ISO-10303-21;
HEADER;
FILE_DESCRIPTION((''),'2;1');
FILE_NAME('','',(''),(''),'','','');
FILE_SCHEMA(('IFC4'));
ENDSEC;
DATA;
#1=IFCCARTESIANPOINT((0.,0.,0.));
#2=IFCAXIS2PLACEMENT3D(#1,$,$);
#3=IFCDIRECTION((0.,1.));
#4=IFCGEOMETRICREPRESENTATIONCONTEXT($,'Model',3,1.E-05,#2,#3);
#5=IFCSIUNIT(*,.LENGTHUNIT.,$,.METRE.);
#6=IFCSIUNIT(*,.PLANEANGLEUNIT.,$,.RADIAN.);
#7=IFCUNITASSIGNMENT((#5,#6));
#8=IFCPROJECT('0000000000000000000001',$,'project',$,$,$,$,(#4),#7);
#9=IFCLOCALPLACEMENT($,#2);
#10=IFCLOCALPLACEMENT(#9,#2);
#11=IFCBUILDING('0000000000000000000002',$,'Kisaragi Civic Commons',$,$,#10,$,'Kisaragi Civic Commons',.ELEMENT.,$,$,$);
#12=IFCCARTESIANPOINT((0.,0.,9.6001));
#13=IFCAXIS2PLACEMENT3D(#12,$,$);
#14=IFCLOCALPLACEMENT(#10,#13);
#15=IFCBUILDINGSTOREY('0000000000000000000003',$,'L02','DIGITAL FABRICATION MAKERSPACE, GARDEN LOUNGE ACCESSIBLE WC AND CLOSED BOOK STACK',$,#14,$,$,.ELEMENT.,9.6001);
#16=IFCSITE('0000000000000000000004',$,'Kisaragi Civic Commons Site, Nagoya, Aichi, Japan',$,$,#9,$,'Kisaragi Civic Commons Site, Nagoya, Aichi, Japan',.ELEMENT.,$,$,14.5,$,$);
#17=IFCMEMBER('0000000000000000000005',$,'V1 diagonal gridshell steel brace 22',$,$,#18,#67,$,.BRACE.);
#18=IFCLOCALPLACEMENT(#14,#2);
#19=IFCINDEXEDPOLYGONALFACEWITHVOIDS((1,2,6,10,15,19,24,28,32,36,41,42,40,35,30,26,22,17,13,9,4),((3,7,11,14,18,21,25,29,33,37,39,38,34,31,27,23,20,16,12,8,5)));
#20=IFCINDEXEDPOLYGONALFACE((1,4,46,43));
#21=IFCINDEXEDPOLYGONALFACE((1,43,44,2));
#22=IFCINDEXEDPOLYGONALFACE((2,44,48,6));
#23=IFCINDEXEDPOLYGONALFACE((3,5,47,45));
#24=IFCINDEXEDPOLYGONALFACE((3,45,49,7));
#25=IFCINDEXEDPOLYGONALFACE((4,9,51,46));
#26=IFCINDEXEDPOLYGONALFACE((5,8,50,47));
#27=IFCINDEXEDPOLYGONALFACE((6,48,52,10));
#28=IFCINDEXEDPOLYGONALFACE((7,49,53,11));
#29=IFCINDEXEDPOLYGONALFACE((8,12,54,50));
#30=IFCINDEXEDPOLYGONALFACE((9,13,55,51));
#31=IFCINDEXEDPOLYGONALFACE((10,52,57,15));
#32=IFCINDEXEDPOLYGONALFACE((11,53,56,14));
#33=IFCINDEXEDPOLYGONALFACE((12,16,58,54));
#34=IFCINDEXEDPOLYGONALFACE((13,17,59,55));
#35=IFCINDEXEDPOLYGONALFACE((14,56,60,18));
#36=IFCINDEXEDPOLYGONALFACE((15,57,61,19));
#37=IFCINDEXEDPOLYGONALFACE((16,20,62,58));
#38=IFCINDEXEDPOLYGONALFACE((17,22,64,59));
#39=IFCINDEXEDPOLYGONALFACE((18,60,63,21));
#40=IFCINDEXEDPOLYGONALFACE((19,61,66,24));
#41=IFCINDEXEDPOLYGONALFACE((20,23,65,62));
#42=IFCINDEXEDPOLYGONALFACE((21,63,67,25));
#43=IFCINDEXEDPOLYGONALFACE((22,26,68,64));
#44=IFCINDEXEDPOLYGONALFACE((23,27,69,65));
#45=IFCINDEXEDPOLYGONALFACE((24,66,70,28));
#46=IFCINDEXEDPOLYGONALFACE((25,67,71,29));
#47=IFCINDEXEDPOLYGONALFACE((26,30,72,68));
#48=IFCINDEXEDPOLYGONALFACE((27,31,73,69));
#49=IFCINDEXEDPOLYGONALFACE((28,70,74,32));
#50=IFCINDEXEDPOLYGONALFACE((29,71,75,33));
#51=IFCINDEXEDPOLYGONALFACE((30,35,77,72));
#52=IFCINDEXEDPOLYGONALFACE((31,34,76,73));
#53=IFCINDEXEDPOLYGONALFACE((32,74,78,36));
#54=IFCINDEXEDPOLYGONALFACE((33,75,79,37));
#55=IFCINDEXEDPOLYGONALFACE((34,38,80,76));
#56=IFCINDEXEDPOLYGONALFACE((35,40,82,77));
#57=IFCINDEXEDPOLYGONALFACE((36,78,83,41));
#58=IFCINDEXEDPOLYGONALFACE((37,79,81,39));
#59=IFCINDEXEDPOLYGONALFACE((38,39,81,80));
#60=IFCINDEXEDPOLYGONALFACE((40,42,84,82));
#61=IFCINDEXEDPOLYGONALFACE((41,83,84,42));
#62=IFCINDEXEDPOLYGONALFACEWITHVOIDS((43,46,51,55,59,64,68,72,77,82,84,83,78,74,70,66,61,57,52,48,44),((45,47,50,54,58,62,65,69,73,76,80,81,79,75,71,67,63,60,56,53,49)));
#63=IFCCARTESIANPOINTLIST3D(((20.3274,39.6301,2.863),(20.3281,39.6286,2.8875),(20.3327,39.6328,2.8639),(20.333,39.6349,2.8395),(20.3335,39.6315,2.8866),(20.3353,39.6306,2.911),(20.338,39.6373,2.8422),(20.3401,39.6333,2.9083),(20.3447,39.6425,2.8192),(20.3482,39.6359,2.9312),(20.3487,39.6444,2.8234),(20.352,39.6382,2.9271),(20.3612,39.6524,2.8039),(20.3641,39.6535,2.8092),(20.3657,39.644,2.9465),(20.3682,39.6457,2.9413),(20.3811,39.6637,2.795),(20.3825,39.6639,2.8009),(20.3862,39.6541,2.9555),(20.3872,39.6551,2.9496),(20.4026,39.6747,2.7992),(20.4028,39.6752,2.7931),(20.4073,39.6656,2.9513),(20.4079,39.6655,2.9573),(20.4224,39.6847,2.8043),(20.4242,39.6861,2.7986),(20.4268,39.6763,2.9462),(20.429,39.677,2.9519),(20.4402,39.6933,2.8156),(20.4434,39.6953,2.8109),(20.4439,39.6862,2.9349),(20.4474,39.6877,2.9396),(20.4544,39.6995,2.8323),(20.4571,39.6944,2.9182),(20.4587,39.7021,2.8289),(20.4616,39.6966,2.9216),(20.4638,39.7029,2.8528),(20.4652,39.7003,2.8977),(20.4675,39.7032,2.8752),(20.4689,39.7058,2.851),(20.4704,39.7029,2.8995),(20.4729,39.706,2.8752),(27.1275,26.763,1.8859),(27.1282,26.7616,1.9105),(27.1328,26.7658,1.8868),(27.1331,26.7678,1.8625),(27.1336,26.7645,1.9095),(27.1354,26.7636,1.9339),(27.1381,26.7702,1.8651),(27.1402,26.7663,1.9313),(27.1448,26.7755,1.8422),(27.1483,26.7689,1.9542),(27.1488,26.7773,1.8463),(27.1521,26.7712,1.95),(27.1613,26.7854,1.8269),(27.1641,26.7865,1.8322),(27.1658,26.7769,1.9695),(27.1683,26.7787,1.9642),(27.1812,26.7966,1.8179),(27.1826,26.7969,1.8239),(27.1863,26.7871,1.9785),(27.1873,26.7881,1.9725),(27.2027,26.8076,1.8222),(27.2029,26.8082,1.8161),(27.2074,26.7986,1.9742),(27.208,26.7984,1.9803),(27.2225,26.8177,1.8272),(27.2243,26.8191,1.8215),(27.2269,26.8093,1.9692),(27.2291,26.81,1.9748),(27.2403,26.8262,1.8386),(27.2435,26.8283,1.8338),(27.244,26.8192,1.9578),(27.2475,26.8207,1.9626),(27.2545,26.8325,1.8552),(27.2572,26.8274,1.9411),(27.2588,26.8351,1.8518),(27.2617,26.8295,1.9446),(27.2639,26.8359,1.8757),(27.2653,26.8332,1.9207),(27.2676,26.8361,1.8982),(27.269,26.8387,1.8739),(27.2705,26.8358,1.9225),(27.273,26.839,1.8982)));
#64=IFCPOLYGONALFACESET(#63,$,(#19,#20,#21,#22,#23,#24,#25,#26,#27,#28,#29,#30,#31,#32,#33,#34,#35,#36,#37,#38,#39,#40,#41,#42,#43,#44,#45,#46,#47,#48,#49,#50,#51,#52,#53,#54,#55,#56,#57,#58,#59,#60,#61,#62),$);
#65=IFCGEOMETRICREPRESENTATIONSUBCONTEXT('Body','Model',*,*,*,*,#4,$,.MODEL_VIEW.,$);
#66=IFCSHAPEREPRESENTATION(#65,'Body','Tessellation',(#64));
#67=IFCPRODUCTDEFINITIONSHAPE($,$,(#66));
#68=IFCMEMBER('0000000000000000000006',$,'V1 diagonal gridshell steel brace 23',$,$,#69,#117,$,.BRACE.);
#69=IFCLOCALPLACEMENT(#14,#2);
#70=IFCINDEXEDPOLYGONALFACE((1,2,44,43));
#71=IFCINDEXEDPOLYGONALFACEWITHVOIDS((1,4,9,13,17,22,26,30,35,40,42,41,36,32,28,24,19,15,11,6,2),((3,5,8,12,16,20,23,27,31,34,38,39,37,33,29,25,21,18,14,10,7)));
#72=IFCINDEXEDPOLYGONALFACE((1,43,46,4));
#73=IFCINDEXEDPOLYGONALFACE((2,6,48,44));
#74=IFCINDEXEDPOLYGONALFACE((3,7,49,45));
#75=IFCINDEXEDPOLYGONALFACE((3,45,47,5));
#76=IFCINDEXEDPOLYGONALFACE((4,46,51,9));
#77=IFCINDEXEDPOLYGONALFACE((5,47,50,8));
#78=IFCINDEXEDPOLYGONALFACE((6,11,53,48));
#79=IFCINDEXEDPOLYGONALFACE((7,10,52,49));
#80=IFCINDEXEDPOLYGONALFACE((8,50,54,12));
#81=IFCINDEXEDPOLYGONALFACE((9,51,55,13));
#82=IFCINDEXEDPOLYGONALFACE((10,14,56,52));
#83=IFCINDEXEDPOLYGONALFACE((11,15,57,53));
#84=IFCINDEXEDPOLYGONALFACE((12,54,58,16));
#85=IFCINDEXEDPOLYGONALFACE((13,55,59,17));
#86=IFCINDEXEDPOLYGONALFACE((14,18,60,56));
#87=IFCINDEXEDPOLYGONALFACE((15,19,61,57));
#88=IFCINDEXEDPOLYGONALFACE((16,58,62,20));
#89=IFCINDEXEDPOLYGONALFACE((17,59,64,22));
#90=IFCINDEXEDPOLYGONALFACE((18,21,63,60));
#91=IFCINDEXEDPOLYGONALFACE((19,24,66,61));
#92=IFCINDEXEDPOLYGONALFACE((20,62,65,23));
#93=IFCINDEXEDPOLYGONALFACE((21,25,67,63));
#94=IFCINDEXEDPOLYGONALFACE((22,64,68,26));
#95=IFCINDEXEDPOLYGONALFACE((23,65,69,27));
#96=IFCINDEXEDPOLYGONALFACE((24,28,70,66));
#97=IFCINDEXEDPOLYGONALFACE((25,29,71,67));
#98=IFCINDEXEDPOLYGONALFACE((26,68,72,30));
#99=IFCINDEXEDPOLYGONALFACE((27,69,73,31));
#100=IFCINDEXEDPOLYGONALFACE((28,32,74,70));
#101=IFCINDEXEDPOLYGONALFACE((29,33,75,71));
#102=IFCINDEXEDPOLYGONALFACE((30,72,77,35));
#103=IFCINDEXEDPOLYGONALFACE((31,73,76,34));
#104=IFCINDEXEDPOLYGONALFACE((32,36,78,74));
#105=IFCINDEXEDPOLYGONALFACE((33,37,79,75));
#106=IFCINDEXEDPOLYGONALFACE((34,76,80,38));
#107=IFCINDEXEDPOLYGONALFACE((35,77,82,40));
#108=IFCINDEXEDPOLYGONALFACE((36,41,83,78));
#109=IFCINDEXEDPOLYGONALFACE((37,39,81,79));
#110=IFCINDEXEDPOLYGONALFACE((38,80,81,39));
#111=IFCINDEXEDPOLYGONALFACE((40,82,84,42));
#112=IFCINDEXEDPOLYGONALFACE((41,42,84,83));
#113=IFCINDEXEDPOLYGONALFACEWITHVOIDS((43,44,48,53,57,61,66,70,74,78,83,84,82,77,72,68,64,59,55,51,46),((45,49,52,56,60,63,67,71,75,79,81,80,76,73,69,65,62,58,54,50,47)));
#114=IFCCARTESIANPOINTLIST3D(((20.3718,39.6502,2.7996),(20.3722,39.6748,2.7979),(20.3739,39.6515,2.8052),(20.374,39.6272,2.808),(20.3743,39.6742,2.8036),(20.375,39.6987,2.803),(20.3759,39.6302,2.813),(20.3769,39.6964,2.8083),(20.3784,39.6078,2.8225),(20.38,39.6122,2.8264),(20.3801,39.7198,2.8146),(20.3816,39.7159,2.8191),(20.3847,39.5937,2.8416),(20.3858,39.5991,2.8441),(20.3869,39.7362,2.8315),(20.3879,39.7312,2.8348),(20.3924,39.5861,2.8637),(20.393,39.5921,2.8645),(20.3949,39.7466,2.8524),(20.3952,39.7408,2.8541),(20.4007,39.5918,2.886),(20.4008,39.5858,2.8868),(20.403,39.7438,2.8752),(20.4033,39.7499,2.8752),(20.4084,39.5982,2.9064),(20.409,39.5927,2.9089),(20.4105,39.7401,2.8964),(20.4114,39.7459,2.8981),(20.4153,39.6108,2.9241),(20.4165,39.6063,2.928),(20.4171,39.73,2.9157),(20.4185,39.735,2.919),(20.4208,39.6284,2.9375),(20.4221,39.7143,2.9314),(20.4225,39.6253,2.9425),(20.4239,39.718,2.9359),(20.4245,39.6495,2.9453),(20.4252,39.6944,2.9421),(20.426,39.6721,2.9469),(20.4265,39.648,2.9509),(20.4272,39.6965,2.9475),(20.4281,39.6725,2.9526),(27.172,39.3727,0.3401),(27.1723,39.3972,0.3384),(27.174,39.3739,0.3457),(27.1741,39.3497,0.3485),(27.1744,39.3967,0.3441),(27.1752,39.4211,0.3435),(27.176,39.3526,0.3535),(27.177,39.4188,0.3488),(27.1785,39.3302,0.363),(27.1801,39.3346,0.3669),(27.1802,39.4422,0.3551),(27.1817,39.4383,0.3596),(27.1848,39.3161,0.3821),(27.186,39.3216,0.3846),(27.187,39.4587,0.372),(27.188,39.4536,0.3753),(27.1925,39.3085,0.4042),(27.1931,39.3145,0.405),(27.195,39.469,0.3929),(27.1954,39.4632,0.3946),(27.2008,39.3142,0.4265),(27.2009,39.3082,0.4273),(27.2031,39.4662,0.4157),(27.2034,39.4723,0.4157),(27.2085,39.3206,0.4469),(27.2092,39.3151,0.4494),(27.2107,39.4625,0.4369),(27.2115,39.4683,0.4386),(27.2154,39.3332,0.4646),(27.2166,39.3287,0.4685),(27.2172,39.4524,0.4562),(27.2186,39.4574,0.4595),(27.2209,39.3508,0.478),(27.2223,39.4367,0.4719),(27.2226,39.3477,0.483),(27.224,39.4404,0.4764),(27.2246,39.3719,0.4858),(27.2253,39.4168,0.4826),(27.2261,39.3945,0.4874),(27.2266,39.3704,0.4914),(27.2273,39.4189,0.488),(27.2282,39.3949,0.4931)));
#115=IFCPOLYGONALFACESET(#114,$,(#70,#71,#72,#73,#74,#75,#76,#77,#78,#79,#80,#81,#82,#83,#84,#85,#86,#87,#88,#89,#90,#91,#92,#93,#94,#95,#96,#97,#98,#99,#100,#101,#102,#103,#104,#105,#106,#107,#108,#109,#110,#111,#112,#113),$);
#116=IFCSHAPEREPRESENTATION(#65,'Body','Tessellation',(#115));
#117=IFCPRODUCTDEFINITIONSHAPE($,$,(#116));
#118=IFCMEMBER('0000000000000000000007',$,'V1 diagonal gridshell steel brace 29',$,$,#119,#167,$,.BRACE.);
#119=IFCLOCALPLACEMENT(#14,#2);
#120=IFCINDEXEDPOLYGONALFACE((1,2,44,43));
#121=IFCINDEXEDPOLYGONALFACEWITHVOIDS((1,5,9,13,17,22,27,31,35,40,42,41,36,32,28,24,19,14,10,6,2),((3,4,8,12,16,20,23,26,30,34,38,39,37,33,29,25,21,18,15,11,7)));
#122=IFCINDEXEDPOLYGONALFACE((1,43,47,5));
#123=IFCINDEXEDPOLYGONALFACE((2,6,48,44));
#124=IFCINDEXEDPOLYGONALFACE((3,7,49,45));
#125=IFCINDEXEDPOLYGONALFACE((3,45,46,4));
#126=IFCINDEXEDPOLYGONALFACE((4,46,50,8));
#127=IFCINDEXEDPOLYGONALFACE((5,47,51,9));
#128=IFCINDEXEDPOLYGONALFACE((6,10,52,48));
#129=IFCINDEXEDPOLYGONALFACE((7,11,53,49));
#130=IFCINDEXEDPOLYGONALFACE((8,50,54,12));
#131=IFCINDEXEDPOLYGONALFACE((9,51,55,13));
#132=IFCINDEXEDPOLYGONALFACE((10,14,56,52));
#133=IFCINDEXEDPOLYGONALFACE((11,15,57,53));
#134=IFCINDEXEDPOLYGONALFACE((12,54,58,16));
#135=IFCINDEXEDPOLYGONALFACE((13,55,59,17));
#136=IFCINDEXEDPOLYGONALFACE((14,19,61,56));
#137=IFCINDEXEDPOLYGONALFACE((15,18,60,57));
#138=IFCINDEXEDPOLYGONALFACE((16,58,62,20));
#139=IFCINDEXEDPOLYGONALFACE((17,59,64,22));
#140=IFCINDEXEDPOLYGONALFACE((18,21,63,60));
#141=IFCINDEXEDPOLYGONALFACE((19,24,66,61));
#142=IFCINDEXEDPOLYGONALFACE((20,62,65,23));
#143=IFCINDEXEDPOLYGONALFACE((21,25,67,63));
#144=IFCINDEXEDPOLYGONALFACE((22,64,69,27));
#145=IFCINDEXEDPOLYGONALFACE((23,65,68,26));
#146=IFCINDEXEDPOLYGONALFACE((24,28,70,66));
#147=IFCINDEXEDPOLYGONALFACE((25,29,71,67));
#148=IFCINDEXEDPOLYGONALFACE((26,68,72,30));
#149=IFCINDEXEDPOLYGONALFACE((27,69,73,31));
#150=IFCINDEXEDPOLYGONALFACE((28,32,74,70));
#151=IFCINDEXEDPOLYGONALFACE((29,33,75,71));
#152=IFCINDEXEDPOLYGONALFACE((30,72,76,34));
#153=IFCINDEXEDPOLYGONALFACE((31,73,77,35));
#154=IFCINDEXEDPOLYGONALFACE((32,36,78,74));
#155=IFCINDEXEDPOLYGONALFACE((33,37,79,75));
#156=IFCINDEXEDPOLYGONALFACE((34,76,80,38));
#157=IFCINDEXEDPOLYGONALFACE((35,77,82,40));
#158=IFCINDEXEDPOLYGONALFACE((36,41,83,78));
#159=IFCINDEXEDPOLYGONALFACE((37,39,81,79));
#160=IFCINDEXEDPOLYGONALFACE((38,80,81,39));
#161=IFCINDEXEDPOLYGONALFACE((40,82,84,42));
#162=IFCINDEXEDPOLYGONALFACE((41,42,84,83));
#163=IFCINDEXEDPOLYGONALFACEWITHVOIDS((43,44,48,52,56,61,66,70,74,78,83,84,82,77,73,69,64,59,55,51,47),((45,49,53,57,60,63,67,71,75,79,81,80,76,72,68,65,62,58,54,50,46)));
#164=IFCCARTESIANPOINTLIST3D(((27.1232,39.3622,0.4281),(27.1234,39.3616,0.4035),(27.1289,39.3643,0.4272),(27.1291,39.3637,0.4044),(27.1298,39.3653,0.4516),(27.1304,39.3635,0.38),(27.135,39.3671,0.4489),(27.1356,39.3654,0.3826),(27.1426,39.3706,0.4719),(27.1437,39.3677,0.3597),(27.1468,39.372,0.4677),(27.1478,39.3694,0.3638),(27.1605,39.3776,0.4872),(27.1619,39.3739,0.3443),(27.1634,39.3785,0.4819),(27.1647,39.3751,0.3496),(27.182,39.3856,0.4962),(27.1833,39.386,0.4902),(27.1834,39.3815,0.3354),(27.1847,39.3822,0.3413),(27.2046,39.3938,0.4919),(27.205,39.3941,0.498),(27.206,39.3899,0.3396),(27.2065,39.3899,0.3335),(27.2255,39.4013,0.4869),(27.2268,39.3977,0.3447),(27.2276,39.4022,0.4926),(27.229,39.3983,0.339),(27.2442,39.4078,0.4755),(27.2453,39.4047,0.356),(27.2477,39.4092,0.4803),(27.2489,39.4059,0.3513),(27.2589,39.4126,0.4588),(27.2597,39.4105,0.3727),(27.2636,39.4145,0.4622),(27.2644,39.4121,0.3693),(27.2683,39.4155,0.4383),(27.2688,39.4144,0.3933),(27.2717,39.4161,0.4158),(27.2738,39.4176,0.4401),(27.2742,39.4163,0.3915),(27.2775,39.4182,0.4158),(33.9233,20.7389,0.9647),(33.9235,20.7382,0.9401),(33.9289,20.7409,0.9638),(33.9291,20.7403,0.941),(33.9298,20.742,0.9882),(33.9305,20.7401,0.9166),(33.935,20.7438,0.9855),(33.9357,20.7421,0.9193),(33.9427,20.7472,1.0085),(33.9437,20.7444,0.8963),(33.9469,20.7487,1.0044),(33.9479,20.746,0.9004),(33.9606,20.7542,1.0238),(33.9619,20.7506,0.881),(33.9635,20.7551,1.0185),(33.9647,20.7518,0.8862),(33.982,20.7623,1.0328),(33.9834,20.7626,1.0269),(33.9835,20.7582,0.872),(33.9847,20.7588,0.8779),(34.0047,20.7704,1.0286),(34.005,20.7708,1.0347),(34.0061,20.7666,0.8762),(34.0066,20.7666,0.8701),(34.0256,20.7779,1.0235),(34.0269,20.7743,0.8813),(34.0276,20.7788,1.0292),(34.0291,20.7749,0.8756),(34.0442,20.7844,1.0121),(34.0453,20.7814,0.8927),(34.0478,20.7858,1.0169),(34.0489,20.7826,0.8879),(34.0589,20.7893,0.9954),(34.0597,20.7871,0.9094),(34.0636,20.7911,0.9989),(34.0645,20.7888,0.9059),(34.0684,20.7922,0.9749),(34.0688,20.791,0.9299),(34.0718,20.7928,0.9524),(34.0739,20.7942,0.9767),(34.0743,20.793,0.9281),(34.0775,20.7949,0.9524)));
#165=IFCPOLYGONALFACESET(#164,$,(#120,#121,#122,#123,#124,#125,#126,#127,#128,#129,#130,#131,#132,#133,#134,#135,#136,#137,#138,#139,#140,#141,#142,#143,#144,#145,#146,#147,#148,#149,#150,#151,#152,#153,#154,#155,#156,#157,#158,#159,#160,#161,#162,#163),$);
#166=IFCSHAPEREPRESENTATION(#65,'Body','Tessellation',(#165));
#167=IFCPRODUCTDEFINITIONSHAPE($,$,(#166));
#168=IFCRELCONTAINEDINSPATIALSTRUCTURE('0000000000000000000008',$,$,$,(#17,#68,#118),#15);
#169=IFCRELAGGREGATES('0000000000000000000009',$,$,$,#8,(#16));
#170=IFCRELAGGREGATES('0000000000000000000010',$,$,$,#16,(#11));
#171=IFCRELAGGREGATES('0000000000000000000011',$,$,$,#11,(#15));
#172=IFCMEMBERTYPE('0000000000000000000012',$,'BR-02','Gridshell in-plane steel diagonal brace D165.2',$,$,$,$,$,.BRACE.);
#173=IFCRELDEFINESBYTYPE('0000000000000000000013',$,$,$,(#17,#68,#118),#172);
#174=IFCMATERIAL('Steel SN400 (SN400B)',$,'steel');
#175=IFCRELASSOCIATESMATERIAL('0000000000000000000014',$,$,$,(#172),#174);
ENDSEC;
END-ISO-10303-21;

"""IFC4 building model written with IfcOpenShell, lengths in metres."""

from ifc_helpers import new_model, si_unit, direction, frame, origin, origin_2d, place, context, subcontext, project, spatial, hollow_circle, extrude, material, material_profile, profile_set, type_object, element, save


model = new_model("IFC4")

# Units and contexts
model_context = context("Model", 3, precision=1e-05, world=origin(), true_north=direction((0.0, 1.0)))
body_context = subcontext(model_context, "Body", "Model", "MODEL_VIEW")
ifc_project = project(units=[si_unit("LENGTHUNIT", "METRE"), si_unit("PLANEANGLEUNIT", "RADIAN")], contexts=[model_context])

# Site, building, storey
site_placement = place(None, origin())
site = spatial("IfcSite", under=ifc_project, at=site_placement, Name="Kisaragi Civic Commons Site, Nagoya, Aichi, Japan", LongName="Kisaragi Civic Commons Site, Nagoya, Aichi, Japan", CompositionType="ELEMENT", RefElevation=14.5)
building_placement = place(site_placement, origin())
building = spatial("IfcBuilding", under=site, at=building_placement, Name="Kisaragi Civic Commons", LongName="Kisaragi Civic Commons", CompositionType="ELEMENT")
storey_placement = place(building_placement, frame((0.0, 0.0, 9.6001)))
storey = spatial("IfcBuildingStorey", under=building, at=storey_placement, Name="L02", Description="DIGITAL FABRICATION MAKERSPACE, GARDEN LOUNGE ACCESSIBLE WC AND CLOSED BOOK STACK", CompositionType="ELEMENT", Elevation=9.6001)

# Members
ifc_material_1 = material(Name="Steel SN400 (SN400B)", Category="steel")
ifc_material_profile_1 = material_profile(ifc_material_1, hollow_circle(Radius=0.0825, WallThickness=0.0061, at=origin_2d()), Name="CHS-165.2x6.0", Category="steel")
ifc_profile_set_1 = profile_set([ifc_material_profile_1], Name="Steel SN400 (SN400B)")
member_type_1 = type_object("IfcMemberType", Name="BR-02", Description="Gridshell in-plane steel diagonal brace D165.2", PredefinedType="BRACE", material=ifc_profile_set_1)
member_1_placement = place(storey_placement, frame((20.3999, 39.6675, 2.8752), z_axis=(0.466201, -0.882139, -0.066985), x_axis=(0.884125, 0.467251, 0.0)))
element("IfcMember", 1, at=member_1_placement, inside=storey, type_object=member_type_1, Name="V1 diagonal gridshell steel brace 22", PredefinedType="BRACE", context=body_context, shape_type="SweptSolid", body=[
    extrude(hollow_circle(Radius=0.0825, WallThickness=0.0061, at=origin_2d()), origin(), (0.0, 0.0, 1.0), 14.5862),
])
member_2_placement = place(storey_placement, frame((20.3999, 39.6675, 2.8752), z_axis=(0.939689, -0.038359, -0.339871), x_axis=(0.040787, 0.999168, 0.0)))
element("IfcMember", 2, at=member_2_placement, inside=storey, type_object=member_type_1, Name="V1 diagonal gridshell steel brace 23", PredefinedType="BRACE", context=body_context, shape_type="SweptSolid", body=[
    extrude(hollow_circle(Radius=0.0825, WallThickness=0.0061, at=origin_2d()), origin(), (0.0, 0.0, 1.0), 7.2366),
])
member_3_placement = place(storey_placement, frame((27.2, 39.3899, 0.4158), z_axis=(0.342862, -0.938996, 0.027057), x_axis=(0.93934, 0.342988, 0.0)))
element("IfcMember", 3, at=member_3_placement, inside=storey, type_object=member_type_1, Name="V1 diagonal gridshell steel brace 29", PredefinedType="BRACE", context=body_context, shape_type="SweptSolid", body=[
    extrude(hollow_circle(Radius=0.0825, WallThickness=0.0061, at=origin_2d()), origin(), (0.0, 0.0, 1.0), 19.8333),
])

save(model, "model.ifc")
